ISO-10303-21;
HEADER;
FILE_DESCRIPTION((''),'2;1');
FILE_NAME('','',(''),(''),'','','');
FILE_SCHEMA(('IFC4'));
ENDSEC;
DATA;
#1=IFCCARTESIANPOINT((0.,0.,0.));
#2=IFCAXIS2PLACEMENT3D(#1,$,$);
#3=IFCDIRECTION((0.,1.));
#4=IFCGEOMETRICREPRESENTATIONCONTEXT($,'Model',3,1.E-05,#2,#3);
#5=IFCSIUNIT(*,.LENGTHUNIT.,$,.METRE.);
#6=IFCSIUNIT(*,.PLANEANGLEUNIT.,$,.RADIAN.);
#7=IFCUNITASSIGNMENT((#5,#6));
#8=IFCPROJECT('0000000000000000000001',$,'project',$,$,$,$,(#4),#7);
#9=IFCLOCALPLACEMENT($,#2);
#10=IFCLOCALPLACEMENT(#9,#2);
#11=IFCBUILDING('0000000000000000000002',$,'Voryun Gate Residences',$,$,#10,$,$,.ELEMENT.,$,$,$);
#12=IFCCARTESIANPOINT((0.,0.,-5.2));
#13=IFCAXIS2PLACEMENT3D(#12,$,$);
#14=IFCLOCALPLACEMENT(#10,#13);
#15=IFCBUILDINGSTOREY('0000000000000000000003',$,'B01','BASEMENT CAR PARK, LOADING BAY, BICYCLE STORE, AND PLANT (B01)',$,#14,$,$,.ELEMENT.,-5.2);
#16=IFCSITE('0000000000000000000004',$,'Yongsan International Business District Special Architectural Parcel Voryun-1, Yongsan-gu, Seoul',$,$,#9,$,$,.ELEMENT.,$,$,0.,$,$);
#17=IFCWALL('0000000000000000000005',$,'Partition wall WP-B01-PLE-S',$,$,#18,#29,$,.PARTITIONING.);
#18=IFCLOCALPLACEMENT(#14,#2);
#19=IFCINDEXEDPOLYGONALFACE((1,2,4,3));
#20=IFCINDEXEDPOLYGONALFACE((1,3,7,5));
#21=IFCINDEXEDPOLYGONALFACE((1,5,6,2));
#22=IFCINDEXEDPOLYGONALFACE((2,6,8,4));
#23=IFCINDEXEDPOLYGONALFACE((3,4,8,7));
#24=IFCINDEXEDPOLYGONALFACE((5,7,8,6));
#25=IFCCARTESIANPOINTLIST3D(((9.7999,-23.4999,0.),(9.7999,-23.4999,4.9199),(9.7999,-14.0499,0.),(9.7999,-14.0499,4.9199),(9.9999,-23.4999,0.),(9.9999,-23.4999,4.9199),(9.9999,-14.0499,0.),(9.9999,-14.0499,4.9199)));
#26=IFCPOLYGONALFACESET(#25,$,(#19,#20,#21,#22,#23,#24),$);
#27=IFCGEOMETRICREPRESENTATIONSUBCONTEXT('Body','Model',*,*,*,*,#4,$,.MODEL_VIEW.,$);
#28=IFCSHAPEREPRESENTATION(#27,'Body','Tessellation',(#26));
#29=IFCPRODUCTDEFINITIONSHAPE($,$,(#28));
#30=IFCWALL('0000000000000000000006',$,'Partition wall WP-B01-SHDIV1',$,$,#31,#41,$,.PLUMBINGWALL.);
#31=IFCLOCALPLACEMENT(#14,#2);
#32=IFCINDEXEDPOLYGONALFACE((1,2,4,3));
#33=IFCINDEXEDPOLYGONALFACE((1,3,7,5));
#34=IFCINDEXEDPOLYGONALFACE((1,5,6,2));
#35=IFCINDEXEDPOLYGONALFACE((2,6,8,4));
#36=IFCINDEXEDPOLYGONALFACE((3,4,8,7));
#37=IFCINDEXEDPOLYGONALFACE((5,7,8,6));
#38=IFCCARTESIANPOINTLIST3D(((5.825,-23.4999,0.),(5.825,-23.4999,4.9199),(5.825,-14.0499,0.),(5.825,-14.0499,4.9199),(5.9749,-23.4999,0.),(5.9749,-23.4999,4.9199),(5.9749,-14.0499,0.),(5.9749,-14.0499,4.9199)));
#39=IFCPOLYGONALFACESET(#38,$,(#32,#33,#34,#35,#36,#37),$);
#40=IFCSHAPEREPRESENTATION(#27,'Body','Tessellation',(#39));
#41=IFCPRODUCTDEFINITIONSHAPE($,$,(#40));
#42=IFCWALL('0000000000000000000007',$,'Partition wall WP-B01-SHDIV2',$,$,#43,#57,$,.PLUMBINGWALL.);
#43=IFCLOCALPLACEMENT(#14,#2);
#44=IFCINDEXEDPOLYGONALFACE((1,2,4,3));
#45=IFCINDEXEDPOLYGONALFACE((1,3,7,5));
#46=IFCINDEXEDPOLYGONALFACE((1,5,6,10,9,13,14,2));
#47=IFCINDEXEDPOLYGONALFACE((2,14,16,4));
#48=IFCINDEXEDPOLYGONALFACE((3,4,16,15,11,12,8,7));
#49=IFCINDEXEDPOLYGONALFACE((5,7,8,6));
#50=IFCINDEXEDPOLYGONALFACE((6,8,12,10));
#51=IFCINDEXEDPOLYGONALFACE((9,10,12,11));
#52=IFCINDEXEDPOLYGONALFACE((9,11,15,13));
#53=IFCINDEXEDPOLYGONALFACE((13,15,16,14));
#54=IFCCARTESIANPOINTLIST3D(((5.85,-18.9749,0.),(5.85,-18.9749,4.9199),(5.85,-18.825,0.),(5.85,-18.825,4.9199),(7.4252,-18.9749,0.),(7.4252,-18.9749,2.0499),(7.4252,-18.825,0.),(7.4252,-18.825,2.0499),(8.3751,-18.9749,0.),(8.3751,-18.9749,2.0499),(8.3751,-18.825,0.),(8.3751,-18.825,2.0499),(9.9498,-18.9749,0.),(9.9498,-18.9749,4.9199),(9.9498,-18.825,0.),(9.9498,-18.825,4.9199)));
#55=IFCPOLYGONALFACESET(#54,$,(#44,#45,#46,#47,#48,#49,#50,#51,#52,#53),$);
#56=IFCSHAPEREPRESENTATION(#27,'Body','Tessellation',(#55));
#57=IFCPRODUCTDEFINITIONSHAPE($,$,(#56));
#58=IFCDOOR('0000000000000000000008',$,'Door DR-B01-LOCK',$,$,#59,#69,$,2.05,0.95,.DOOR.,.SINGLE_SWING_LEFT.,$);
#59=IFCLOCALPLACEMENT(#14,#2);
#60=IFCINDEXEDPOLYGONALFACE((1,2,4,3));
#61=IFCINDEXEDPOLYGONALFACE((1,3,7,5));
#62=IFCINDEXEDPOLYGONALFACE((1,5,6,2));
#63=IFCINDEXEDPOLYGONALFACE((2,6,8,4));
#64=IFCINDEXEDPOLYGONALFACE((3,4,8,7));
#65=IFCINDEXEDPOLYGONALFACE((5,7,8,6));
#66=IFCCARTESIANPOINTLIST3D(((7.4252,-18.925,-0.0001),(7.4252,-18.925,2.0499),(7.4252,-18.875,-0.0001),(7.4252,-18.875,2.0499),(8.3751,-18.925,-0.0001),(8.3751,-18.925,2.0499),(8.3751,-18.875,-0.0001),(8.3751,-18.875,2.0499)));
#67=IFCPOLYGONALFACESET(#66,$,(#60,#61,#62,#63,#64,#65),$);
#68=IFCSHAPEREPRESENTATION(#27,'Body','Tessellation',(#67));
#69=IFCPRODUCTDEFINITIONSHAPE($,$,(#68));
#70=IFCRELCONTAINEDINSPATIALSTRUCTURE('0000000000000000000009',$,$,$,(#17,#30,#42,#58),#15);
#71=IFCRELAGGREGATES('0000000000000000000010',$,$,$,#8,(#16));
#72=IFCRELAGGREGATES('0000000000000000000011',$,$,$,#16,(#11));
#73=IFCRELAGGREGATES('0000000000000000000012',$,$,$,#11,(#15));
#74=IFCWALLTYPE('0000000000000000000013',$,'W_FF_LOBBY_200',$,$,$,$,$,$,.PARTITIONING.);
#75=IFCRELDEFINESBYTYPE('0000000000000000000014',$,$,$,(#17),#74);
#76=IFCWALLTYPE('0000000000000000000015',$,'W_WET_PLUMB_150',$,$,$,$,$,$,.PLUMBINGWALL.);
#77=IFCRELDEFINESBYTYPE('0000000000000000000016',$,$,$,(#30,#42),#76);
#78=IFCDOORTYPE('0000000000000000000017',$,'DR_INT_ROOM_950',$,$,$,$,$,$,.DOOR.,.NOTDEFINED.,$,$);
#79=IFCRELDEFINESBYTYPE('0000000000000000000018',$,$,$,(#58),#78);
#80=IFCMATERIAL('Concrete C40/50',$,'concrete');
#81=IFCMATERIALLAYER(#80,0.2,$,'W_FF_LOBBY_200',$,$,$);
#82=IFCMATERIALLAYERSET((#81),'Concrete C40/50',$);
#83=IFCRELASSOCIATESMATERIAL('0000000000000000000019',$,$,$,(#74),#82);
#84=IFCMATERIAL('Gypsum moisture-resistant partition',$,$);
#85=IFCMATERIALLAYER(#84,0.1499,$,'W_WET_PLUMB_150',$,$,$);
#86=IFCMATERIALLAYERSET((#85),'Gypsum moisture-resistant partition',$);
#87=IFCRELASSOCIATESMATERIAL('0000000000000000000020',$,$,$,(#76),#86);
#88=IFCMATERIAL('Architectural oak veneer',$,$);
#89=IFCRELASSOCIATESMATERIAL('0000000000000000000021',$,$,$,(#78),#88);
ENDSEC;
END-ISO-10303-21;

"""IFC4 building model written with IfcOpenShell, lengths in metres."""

from ifc_helpers import new_model, si_unit, direction, frame, frame_2d, origin, place, context, subcontext, project, spatial, rectangle, extrude, material, layer, layer_set, type_object, element, fill, save


model = new_model("IFC4")

# Units and contexts
model_context = context("Model", 3, precision=1e-05, world=origin(), true_north=direction((0.0, 1.0)))
body_context = subcontext(model_context, "Body", "Model", "MODEL_VIEW")
ifc_project = project(units=[si_unit("LENGTHUNIT", "METRE"), si_unit("PLANEANGLEUNIT", "RADIAN")], contexts=[model_context])

# Site, building, storey
site_placement = place(None, origin())
site = spatial("IfcSite", under=ifc_project, at=site_placement, Name="Yongsan International Business District Special Architectural Parcel Voryun-1, Yongsan-gu, Seoul", CompositionType="ELEMENT", RefElevation=0.0)
building_placement = place(site_placement, origin())
building = spatial("IfcBuilding", under=site, at=building_placement, Name="Voryun Gate Residences", CompositionType="ELEMENT")
storey_placement = place(building_placement, frame((0.0, 0.0, -5.2)))
storey = spatial("IfcBuildingStorey", under=building, at=storey_placement, Name="B01", Description="BASEMENT CAR PARK, LOADING BAY, BICYCLE STORE, AND PLANT (B01)", CompositionType="ELEMENT", Elevation=-5.2)

# Walls
ifc_material_1 = material(Name="Concrete C40/50", Category="concrete")
ifc_layer_1 = layer(ifc_material_1, 0.2, Name="W_FF_LOBBY_200")
ifc_layer_set_1 = layer_set([ifc_layer_1], Name="Concrete C40/50")
wall_type_1 = type_object("IfcWallType", Name="W_FF_LOBBY_200", PredefinedType="PARTITIONING", material=ifc_layer_set_1)
wall_1_placement = place(storey_placement, frame((9.8999, -23.5, 0.0), z_axis=(0.0, 0.0, 1.0), x_axis=(0.0, 1.0, 0.0)))
element("IfcWall", 1, at=wall_1_placement, inside=storey, type_object=wall_type_1, Name="Partition wall WP-B01-PLE-S", PredefinedType="PARTITIONING", context=body_context, shape_type="SweptSolid", body=[
    extrude(rectangle(XDim=9.45, YDim=0.2, at=frame_2d((4.7251, 0.0))), origin(), (0.0, 0.0, 1.0), 4.9199),
])
ifc_material_2 = material(Name="Gypsum moisture-resistant partition")
ifc_layer_2 = layer(ifc_material_2, 0.1499, Name="W_WET_PLUMB_150")
ifc_layer_set_2 = layer_set([ifc_layer_2], Name="Gypsum moisture-resistant partition")
wall_type_2 = type_object("IfcWallType", Name="W_WET_PLUMB_150", PredefinedType="PLUMBINGWALL", material=ifc_layer_set_2)
wall_2_placement = place(storey_placement, frame((5.8999, -23.5, 0.0), z_axis=(0.0, 0.0, 1.0), x_axis=(0.0, 1.0, 0.0)))
element("IfcWall", 2, at=wall_2_placement, inside=storey, type_object=wall_type_2, Name="Partition wall WP-B01-SHDIV1", PredefinedType="PLUMBINGWALL", context=body_context, shape_type="SweptSolid", body=[
    extrude(rectangle(XDim=9.45, YDim=0.1499, at=frame_2d((4.7251, 0.0))), origin(), (0.0, 0.0, 1.0), 4.9199),
])

# Wall, opening, door
wall_3_placement = place(storey_placement, frame((5.8501, -18.8999, 0.0), z_axis=(0.0, 0.0, 1.0), x_axis=(1.0, 0.0, 0.0)))
wall_3 = element("IfcWall", 3, at=wall_3_placement, inside=storey, type_object=wall_type_2, Name="Partition wall WP-B01-SHDIV2", PredefinedType="PLUMBINGWALL", context=body_context, shape_type="SweptSolid", body=[
    extrude(rectangle(XDim=4.0999, YDim=0.1499, at=frame_2d((2.0498, 0.0))), origin(), (0.0, 0.0, 1.0), 4.9199),
])
opening_placement = place(wall_3_placement, frame((1.575, 0.0, 0.0)))
opening = element("IfcOpeningElement", 4, at=opening_placement, cuts=wall_3, PredefinedType="OPENING", context=body_context, shape_type="SweptSolid", body=[
    extrude(rectangle(XDim=0.95, YDim=2.05, at=frame_2d((0.4751, 1.0249))), frame((0.0, 0.085, 0.0), z_axis=(0.0, -1.0, 0.0), x_axis=(1.0, 0.0, 0.0)), (0.0, 0.0, 1.0), 0.1699),
])
ifc_material_3 = material(Name="Architectural oak veneer")
door_type = type_object("IfcDoorType", Name="DR_INT_ROOM_950", OperationType="NOTDEFINED", PredefinedType="DOOR", material=ifc_material_3)
door_placement = place(opening_placement, origin())
door = element("IfcDoor", 5, at=door_placement, inside=storey, type_object=door_type, Name="Door DR-B01-LOCK", OperationType="SINGLE_SWING_LEFT", OverallHeight=2.05, OverallWidth=0.95, PredefinedType="DOOR", context=body_context, shape_type="SweptSolid", body=[
    extrude(rectangle(XDim=0.95, YDim=2.05, at=frame_2d((0.4751, 1.0249))), frame((0.0, 0.0249, 0.0), z_axis=(0.0, -1.0, 0.0), x_axis=(1.0, 0.0, 0.0)), (0.0, 0.0, 1.0), 0.05),
])
fill(opening, door)

save(model, "model.ifc")
